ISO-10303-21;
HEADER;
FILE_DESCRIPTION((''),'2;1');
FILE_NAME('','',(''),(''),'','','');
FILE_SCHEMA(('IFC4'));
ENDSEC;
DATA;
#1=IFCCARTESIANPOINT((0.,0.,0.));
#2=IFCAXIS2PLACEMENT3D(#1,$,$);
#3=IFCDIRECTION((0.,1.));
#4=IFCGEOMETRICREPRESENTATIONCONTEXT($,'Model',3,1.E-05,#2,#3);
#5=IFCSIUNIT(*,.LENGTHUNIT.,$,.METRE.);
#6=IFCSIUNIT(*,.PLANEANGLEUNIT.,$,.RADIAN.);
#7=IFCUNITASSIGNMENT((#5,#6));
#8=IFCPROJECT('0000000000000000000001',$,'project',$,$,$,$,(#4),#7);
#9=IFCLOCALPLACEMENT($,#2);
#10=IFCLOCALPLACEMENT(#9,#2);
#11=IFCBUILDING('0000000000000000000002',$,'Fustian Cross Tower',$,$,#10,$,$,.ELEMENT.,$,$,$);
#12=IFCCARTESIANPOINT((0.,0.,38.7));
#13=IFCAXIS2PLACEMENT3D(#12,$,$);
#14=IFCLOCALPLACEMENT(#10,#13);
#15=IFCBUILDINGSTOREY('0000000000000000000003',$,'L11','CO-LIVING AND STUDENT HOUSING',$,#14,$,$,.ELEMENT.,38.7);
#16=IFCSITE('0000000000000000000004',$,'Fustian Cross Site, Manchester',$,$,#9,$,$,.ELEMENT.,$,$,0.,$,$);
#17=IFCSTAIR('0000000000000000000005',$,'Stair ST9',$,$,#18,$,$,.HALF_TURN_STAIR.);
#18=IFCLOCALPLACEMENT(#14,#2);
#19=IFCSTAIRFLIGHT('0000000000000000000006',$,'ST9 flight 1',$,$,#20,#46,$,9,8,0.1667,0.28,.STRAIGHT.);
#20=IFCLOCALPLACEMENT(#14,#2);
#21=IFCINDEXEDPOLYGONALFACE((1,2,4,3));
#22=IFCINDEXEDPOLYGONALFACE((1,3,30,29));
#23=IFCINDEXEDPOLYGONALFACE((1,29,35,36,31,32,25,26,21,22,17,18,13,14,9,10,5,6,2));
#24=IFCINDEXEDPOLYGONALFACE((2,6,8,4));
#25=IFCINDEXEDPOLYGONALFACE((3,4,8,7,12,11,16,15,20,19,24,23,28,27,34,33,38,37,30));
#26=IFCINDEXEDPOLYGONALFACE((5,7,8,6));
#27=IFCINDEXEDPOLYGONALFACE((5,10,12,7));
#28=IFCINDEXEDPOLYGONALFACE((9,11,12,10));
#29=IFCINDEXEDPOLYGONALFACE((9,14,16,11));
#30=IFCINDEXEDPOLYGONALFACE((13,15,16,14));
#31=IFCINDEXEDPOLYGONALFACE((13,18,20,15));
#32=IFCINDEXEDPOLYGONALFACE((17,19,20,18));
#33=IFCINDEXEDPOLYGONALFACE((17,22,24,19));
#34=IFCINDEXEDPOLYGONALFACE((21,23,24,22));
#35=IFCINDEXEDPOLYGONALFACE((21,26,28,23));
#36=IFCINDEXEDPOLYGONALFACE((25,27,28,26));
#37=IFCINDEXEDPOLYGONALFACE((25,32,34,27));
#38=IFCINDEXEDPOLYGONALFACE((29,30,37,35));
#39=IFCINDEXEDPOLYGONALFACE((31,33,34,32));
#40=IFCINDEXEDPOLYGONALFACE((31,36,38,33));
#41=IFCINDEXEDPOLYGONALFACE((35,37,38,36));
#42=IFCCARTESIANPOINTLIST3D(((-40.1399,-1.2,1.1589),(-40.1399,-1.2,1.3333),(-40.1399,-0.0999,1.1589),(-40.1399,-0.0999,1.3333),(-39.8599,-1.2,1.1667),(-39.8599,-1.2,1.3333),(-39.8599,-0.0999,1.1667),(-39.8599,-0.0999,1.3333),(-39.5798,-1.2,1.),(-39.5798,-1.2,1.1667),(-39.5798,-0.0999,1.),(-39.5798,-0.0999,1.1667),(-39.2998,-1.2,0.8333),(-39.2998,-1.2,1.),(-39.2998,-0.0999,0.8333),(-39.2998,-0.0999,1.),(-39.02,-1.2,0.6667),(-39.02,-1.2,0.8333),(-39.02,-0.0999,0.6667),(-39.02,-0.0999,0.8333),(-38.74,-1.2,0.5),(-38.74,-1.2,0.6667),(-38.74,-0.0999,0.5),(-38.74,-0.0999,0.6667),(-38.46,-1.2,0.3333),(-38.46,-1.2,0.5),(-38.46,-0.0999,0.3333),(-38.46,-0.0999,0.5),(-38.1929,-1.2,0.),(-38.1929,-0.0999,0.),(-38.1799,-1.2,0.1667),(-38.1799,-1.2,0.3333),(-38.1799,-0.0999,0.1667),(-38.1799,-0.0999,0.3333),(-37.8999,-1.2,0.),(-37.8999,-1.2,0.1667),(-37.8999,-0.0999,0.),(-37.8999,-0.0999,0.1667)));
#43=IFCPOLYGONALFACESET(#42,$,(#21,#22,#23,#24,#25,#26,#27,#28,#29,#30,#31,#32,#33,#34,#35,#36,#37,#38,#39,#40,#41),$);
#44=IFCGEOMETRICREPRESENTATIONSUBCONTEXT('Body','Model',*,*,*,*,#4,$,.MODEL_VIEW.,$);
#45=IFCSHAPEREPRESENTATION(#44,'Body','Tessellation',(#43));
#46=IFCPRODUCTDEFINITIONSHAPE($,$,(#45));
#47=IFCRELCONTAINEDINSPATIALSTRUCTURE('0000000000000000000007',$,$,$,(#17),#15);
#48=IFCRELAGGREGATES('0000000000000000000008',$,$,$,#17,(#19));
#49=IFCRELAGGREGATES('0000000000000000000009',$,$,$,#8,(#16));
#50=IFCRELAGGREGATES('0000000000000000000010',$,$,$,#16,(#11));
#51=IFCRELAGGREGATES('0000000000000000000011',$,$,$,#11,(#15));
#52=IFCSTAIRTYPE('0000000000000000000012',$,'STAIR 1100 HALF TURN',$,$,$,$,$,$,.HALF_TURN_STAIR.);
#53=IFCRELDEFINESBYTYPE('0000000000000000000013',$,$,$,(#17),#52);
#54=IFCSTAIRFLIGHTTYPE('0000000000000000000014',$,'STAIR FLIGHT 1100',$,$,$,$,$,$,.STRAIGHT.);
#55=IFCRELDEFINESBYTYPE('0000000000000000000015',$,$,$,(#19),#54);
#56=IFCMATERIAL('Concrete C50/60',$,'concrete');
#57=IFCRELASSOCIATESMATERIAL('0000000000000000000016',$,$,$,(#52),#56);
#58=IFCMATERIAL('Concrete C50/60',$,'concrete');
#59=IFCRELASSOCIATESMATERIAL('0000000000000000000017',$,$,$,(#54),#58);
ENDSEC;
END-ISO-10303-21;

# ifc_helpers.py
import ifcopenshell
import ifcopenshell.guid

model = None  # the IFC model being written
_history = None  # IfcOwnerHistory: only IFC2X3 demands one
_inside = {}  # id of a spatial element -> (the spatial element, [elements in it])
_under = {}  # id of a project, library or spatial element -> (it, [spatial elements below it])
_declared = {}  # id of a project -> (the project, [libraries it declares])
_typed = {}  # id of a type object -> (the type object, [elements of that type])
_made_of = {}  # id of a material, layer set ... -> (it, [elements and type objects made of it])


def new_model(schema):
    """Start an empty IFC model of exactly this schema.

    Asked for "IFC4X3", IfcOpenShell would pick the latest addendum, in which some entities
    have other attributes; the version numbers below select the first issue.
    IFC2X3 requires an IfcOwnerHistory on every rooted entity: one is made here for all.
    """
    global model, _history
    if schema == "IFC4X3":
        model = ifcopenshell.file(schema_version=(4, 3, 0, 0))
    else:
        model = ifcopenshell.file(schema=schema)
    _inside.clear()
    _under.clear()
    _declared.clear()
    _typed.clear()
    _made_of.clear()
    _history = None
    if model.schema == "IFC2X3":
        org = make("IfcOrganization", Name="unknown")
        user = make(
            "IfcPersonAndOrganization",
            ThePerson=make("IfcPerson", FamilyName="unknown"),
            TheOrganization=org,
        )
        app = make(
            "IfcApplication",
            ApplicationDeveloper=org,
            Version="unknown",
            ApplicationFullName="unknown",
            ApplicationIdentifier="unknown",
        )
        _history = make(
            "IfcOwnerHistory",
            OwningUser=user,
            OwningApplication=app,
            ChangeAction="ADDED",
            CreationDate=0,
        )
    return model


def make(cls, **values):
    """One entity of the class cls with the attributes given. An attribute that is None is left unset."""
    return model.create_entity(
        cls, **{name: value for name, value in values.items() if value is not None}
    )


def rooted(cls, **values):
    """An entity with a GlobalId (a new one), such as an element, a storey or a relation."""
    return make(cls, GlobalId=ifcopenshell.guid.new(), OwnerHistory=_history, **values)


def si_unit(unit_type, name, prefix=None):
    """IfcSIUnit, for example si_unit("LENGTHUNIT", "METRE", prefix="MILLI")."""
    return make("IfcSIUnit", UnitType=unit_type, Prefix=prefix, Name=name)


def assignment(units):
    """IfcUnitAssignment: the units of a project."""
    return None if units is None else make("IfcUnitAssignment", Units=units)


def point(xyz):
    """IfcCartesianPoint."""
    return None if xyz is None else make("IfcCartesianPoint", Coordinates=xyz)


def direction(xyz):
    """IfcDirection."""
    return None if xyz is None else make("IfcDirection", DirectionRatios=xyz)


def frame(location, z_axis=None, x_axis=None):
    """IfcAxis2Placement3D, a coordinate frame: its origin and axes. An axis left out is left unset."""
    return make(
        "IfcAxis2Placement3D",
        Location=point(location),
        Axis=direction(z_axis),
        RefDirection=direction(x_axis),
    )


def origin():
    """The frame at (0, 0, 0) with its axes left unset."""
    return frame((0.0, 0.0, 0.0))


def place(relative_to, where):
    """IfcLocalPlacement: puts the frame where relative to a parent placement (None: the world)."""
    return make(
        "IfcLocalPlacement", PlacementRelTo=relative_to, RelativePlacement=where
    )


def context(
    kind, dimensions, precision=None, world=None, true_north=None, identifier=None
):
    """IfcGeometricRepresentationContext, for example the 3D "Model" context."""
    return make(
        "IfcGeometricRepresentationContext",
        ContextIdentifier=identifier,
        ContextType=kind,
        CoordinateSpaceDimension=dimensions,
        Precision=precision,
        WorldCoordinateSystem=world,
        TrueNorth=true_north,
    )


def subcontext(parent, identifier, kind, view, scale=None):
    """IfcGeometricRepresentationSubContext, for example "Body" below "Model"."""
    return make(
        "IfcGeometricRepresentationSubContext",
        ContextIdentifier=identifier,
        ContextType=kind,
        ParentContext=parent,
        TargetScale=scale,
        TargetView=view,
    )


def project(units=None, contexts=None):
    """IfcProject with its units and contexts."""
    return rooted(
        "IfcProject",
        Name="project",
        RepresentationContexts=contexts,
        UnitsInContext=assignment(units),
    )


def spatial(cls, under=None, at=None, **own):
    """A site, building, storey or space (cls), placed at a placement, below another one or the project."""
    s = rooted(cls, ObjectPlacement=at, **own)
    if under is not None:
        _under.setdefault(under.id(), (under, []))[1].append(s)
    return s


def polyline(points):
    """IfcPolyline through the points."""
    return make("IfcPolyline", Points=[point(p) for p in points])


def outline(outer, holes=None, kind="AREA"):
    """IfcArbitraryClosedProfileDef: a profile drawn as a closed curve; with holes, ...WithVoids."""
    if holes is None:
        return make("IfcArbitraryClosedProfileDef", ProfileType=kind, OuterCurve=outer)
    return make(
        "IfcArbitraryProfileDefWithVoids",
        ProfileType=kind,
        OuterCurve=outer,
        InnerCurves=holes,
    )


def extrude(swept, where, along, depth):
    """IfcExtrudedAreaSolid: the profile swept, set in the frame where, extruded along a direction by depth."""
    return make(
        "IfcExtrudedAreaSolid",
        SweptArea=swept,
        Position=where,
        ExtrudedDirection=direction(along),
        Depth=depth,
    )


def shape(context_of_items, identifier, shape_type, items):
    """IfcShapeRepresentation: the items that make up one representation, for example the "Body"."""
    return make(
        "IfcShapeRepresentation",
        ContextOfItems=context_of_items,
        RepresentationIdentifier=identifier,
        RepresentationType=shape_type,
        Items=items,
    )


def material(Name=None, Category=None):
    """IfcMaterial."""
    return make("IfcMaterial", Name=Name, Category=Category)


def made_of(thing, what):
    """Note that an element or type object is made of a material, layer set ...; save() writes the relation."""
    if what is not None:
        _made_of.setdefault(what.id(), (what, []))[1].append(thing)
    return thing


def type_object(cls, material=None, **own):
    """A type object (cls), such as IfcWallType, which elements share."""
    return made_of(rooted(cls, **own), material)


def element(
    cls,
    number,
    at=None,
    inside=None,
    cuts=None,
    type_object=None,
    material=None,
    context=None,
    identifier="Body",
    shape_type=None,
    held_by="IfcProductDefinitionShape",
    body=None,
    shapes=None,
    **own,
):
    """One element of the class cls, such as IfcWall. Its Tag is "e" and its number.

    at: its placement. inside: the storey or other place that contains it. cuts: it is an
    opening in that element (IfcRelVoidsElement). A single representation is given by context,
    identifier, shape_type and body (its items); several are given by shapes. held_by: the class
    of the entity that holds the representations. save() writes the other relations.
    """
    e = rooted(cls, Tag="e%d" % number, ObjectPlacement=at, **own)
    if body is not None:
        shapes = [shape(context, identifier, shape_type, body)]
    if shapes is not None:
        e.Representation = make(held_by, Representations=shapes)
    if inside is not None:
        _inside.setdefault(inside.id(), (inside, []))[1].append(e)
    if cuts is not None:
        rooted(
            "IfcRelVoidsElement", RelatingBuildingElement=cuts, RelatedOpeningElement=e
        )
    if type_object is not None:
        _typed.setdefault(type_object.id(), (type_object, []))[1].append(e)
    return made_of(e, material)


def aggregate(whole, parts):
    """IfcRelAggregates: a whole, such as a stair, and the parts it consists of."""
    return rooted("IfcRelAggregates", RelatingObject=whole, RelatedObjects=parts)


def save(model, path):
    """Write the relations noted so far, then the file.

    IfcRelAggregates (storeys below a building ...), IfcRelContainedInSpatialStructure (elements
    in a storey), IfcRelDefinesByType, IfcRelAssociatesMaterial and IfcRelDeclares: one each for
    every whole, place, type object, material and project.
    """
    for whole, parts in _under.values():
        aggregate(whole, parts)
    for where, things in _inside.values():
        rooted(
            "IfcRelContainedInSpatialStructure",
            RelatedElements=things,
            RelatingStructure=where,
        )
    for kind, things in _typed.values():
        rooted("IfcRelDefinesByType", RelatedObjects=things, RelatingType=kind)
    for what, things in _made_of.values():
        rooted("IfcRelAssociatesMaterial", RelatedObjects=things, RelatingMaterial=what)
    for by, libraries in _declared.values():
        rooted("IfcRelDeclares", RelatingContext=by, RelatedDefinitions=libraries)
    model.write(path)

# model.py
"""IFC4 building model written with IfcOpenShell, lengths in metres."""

from ifc_helpers import new_model, si_unit, direction, frame, origin, place, context, subcontext, project, spatial, polyline, outline, extrude, material, type_object, element, aggregate, save


model = new_model("IFC4")

# Units and contexts
model_context = context("Model", 3, precision=1e-05, world=origin(), true_north=direction((0.0, 1.0)))
body_context = subcontext(model_context, "Body", "Model", "MODEL_VIEW")
ifc_project = project(units=[si_unit("LENGTHUNIT", "METRE"), si_unit("PLANEANGLEUNIT", "RADIAN")], contexts=[model_context])

# Site, building, storey
site_placement = place(None, origin())
site = spatial("IfcSite", under=ifc_project, at=site_placement, Name="Fustian Cross Site, Manchester", CompositionType="ELEMENT", RefElevation=0.0)
building_placement = place(site_placement, origin())
building = spatial("IfcBuilding", under=site, at=building_placement, Name="Fustian Cross Tower", CompositionType="ELEMENT")
storey_placement = place(building_placement, frame((0.0, 0.0, 38.7)))
storey = spatial("IfcBuildingStorey", under=building, at=storey_placement, Name="L11", Description="CO-LIVING AND STUDENT HOUSING", CompositionType="ELEMENT", Elevation=38.7)

# Stair, stair flight
ifc_material_1 = material(Name="Concrete C50/60", Category="concrete")
stair_type = type_object("IfcStairType", Name="STAIR 1100 HALF TURN", PredefinedType="HALF_TURN_STAIR", material=ifc_material_1)
stair_placement = place(storey_placement, origin())
stair = element("IfcStair", 1, at=stair_placement, inside=storey, type_object=stair_type, Name="Stair ST9", PredefinedType="HALF_TURN_STAIR")
ifc_material_2 = material(Name="Concrete C50/60", Category="concrete")
stair_flight_type = type_object("IfcStairFlightType", Name="STAIR FLIGHT 1100", PredefinedType="STRAIGHT", material=ifc_material_2)
stair_flight_placement = place(storey_placement, frame((-37.8999, -0.6499, 0.0), z_axis=(0.0, 0.0, 1.0), x_axis=(-1.0, 0.0, 0.0)))
stair_flight = element("IfcStairFlight", 2, at=stair_flight_placement, type_object=stair_flight_type, Name="ST9 flight 1", NumberOfRisers=9, NumberOfTreads=8, PredefinedType="STRAIGHT", RiserHeight=0.1667, TreadLength=0.28, context=body_context, shape_type="SweptSolid", body=[
    extrude(outline(polyline([(0.0, 0.0), (0.0, 0.1667), (0.28, 0.1667), (0.28, 0.3333), (0.5601, 0.3333), (0.5601, 0.5), (0.8401, 0.5), (0.8401, 0.6667), (1.1201, 0.6667), (1.1201, 0.8333), (1.3999, 0.8333), (1.3999, 1.0), (1.6799, 1.0), (1.6799, 1.1667), (1.96, 1.1667), (1.96, 1.3333), (2.24, 1.3333), (2.24, 1.5), (2.24, 1.1589), (0.293, 0.0), (0.0, 0.0)])), frame((0.0, 0.55, 0.0), z_axis=(0.0, -1.0, 0.0), x_axis=(1.0, 0.0, 0.0)), (0.0, 0.0, 1.0), 1.1001),
])
aggregate(stair, [stair_flight])

save(model, "model.ifc")
